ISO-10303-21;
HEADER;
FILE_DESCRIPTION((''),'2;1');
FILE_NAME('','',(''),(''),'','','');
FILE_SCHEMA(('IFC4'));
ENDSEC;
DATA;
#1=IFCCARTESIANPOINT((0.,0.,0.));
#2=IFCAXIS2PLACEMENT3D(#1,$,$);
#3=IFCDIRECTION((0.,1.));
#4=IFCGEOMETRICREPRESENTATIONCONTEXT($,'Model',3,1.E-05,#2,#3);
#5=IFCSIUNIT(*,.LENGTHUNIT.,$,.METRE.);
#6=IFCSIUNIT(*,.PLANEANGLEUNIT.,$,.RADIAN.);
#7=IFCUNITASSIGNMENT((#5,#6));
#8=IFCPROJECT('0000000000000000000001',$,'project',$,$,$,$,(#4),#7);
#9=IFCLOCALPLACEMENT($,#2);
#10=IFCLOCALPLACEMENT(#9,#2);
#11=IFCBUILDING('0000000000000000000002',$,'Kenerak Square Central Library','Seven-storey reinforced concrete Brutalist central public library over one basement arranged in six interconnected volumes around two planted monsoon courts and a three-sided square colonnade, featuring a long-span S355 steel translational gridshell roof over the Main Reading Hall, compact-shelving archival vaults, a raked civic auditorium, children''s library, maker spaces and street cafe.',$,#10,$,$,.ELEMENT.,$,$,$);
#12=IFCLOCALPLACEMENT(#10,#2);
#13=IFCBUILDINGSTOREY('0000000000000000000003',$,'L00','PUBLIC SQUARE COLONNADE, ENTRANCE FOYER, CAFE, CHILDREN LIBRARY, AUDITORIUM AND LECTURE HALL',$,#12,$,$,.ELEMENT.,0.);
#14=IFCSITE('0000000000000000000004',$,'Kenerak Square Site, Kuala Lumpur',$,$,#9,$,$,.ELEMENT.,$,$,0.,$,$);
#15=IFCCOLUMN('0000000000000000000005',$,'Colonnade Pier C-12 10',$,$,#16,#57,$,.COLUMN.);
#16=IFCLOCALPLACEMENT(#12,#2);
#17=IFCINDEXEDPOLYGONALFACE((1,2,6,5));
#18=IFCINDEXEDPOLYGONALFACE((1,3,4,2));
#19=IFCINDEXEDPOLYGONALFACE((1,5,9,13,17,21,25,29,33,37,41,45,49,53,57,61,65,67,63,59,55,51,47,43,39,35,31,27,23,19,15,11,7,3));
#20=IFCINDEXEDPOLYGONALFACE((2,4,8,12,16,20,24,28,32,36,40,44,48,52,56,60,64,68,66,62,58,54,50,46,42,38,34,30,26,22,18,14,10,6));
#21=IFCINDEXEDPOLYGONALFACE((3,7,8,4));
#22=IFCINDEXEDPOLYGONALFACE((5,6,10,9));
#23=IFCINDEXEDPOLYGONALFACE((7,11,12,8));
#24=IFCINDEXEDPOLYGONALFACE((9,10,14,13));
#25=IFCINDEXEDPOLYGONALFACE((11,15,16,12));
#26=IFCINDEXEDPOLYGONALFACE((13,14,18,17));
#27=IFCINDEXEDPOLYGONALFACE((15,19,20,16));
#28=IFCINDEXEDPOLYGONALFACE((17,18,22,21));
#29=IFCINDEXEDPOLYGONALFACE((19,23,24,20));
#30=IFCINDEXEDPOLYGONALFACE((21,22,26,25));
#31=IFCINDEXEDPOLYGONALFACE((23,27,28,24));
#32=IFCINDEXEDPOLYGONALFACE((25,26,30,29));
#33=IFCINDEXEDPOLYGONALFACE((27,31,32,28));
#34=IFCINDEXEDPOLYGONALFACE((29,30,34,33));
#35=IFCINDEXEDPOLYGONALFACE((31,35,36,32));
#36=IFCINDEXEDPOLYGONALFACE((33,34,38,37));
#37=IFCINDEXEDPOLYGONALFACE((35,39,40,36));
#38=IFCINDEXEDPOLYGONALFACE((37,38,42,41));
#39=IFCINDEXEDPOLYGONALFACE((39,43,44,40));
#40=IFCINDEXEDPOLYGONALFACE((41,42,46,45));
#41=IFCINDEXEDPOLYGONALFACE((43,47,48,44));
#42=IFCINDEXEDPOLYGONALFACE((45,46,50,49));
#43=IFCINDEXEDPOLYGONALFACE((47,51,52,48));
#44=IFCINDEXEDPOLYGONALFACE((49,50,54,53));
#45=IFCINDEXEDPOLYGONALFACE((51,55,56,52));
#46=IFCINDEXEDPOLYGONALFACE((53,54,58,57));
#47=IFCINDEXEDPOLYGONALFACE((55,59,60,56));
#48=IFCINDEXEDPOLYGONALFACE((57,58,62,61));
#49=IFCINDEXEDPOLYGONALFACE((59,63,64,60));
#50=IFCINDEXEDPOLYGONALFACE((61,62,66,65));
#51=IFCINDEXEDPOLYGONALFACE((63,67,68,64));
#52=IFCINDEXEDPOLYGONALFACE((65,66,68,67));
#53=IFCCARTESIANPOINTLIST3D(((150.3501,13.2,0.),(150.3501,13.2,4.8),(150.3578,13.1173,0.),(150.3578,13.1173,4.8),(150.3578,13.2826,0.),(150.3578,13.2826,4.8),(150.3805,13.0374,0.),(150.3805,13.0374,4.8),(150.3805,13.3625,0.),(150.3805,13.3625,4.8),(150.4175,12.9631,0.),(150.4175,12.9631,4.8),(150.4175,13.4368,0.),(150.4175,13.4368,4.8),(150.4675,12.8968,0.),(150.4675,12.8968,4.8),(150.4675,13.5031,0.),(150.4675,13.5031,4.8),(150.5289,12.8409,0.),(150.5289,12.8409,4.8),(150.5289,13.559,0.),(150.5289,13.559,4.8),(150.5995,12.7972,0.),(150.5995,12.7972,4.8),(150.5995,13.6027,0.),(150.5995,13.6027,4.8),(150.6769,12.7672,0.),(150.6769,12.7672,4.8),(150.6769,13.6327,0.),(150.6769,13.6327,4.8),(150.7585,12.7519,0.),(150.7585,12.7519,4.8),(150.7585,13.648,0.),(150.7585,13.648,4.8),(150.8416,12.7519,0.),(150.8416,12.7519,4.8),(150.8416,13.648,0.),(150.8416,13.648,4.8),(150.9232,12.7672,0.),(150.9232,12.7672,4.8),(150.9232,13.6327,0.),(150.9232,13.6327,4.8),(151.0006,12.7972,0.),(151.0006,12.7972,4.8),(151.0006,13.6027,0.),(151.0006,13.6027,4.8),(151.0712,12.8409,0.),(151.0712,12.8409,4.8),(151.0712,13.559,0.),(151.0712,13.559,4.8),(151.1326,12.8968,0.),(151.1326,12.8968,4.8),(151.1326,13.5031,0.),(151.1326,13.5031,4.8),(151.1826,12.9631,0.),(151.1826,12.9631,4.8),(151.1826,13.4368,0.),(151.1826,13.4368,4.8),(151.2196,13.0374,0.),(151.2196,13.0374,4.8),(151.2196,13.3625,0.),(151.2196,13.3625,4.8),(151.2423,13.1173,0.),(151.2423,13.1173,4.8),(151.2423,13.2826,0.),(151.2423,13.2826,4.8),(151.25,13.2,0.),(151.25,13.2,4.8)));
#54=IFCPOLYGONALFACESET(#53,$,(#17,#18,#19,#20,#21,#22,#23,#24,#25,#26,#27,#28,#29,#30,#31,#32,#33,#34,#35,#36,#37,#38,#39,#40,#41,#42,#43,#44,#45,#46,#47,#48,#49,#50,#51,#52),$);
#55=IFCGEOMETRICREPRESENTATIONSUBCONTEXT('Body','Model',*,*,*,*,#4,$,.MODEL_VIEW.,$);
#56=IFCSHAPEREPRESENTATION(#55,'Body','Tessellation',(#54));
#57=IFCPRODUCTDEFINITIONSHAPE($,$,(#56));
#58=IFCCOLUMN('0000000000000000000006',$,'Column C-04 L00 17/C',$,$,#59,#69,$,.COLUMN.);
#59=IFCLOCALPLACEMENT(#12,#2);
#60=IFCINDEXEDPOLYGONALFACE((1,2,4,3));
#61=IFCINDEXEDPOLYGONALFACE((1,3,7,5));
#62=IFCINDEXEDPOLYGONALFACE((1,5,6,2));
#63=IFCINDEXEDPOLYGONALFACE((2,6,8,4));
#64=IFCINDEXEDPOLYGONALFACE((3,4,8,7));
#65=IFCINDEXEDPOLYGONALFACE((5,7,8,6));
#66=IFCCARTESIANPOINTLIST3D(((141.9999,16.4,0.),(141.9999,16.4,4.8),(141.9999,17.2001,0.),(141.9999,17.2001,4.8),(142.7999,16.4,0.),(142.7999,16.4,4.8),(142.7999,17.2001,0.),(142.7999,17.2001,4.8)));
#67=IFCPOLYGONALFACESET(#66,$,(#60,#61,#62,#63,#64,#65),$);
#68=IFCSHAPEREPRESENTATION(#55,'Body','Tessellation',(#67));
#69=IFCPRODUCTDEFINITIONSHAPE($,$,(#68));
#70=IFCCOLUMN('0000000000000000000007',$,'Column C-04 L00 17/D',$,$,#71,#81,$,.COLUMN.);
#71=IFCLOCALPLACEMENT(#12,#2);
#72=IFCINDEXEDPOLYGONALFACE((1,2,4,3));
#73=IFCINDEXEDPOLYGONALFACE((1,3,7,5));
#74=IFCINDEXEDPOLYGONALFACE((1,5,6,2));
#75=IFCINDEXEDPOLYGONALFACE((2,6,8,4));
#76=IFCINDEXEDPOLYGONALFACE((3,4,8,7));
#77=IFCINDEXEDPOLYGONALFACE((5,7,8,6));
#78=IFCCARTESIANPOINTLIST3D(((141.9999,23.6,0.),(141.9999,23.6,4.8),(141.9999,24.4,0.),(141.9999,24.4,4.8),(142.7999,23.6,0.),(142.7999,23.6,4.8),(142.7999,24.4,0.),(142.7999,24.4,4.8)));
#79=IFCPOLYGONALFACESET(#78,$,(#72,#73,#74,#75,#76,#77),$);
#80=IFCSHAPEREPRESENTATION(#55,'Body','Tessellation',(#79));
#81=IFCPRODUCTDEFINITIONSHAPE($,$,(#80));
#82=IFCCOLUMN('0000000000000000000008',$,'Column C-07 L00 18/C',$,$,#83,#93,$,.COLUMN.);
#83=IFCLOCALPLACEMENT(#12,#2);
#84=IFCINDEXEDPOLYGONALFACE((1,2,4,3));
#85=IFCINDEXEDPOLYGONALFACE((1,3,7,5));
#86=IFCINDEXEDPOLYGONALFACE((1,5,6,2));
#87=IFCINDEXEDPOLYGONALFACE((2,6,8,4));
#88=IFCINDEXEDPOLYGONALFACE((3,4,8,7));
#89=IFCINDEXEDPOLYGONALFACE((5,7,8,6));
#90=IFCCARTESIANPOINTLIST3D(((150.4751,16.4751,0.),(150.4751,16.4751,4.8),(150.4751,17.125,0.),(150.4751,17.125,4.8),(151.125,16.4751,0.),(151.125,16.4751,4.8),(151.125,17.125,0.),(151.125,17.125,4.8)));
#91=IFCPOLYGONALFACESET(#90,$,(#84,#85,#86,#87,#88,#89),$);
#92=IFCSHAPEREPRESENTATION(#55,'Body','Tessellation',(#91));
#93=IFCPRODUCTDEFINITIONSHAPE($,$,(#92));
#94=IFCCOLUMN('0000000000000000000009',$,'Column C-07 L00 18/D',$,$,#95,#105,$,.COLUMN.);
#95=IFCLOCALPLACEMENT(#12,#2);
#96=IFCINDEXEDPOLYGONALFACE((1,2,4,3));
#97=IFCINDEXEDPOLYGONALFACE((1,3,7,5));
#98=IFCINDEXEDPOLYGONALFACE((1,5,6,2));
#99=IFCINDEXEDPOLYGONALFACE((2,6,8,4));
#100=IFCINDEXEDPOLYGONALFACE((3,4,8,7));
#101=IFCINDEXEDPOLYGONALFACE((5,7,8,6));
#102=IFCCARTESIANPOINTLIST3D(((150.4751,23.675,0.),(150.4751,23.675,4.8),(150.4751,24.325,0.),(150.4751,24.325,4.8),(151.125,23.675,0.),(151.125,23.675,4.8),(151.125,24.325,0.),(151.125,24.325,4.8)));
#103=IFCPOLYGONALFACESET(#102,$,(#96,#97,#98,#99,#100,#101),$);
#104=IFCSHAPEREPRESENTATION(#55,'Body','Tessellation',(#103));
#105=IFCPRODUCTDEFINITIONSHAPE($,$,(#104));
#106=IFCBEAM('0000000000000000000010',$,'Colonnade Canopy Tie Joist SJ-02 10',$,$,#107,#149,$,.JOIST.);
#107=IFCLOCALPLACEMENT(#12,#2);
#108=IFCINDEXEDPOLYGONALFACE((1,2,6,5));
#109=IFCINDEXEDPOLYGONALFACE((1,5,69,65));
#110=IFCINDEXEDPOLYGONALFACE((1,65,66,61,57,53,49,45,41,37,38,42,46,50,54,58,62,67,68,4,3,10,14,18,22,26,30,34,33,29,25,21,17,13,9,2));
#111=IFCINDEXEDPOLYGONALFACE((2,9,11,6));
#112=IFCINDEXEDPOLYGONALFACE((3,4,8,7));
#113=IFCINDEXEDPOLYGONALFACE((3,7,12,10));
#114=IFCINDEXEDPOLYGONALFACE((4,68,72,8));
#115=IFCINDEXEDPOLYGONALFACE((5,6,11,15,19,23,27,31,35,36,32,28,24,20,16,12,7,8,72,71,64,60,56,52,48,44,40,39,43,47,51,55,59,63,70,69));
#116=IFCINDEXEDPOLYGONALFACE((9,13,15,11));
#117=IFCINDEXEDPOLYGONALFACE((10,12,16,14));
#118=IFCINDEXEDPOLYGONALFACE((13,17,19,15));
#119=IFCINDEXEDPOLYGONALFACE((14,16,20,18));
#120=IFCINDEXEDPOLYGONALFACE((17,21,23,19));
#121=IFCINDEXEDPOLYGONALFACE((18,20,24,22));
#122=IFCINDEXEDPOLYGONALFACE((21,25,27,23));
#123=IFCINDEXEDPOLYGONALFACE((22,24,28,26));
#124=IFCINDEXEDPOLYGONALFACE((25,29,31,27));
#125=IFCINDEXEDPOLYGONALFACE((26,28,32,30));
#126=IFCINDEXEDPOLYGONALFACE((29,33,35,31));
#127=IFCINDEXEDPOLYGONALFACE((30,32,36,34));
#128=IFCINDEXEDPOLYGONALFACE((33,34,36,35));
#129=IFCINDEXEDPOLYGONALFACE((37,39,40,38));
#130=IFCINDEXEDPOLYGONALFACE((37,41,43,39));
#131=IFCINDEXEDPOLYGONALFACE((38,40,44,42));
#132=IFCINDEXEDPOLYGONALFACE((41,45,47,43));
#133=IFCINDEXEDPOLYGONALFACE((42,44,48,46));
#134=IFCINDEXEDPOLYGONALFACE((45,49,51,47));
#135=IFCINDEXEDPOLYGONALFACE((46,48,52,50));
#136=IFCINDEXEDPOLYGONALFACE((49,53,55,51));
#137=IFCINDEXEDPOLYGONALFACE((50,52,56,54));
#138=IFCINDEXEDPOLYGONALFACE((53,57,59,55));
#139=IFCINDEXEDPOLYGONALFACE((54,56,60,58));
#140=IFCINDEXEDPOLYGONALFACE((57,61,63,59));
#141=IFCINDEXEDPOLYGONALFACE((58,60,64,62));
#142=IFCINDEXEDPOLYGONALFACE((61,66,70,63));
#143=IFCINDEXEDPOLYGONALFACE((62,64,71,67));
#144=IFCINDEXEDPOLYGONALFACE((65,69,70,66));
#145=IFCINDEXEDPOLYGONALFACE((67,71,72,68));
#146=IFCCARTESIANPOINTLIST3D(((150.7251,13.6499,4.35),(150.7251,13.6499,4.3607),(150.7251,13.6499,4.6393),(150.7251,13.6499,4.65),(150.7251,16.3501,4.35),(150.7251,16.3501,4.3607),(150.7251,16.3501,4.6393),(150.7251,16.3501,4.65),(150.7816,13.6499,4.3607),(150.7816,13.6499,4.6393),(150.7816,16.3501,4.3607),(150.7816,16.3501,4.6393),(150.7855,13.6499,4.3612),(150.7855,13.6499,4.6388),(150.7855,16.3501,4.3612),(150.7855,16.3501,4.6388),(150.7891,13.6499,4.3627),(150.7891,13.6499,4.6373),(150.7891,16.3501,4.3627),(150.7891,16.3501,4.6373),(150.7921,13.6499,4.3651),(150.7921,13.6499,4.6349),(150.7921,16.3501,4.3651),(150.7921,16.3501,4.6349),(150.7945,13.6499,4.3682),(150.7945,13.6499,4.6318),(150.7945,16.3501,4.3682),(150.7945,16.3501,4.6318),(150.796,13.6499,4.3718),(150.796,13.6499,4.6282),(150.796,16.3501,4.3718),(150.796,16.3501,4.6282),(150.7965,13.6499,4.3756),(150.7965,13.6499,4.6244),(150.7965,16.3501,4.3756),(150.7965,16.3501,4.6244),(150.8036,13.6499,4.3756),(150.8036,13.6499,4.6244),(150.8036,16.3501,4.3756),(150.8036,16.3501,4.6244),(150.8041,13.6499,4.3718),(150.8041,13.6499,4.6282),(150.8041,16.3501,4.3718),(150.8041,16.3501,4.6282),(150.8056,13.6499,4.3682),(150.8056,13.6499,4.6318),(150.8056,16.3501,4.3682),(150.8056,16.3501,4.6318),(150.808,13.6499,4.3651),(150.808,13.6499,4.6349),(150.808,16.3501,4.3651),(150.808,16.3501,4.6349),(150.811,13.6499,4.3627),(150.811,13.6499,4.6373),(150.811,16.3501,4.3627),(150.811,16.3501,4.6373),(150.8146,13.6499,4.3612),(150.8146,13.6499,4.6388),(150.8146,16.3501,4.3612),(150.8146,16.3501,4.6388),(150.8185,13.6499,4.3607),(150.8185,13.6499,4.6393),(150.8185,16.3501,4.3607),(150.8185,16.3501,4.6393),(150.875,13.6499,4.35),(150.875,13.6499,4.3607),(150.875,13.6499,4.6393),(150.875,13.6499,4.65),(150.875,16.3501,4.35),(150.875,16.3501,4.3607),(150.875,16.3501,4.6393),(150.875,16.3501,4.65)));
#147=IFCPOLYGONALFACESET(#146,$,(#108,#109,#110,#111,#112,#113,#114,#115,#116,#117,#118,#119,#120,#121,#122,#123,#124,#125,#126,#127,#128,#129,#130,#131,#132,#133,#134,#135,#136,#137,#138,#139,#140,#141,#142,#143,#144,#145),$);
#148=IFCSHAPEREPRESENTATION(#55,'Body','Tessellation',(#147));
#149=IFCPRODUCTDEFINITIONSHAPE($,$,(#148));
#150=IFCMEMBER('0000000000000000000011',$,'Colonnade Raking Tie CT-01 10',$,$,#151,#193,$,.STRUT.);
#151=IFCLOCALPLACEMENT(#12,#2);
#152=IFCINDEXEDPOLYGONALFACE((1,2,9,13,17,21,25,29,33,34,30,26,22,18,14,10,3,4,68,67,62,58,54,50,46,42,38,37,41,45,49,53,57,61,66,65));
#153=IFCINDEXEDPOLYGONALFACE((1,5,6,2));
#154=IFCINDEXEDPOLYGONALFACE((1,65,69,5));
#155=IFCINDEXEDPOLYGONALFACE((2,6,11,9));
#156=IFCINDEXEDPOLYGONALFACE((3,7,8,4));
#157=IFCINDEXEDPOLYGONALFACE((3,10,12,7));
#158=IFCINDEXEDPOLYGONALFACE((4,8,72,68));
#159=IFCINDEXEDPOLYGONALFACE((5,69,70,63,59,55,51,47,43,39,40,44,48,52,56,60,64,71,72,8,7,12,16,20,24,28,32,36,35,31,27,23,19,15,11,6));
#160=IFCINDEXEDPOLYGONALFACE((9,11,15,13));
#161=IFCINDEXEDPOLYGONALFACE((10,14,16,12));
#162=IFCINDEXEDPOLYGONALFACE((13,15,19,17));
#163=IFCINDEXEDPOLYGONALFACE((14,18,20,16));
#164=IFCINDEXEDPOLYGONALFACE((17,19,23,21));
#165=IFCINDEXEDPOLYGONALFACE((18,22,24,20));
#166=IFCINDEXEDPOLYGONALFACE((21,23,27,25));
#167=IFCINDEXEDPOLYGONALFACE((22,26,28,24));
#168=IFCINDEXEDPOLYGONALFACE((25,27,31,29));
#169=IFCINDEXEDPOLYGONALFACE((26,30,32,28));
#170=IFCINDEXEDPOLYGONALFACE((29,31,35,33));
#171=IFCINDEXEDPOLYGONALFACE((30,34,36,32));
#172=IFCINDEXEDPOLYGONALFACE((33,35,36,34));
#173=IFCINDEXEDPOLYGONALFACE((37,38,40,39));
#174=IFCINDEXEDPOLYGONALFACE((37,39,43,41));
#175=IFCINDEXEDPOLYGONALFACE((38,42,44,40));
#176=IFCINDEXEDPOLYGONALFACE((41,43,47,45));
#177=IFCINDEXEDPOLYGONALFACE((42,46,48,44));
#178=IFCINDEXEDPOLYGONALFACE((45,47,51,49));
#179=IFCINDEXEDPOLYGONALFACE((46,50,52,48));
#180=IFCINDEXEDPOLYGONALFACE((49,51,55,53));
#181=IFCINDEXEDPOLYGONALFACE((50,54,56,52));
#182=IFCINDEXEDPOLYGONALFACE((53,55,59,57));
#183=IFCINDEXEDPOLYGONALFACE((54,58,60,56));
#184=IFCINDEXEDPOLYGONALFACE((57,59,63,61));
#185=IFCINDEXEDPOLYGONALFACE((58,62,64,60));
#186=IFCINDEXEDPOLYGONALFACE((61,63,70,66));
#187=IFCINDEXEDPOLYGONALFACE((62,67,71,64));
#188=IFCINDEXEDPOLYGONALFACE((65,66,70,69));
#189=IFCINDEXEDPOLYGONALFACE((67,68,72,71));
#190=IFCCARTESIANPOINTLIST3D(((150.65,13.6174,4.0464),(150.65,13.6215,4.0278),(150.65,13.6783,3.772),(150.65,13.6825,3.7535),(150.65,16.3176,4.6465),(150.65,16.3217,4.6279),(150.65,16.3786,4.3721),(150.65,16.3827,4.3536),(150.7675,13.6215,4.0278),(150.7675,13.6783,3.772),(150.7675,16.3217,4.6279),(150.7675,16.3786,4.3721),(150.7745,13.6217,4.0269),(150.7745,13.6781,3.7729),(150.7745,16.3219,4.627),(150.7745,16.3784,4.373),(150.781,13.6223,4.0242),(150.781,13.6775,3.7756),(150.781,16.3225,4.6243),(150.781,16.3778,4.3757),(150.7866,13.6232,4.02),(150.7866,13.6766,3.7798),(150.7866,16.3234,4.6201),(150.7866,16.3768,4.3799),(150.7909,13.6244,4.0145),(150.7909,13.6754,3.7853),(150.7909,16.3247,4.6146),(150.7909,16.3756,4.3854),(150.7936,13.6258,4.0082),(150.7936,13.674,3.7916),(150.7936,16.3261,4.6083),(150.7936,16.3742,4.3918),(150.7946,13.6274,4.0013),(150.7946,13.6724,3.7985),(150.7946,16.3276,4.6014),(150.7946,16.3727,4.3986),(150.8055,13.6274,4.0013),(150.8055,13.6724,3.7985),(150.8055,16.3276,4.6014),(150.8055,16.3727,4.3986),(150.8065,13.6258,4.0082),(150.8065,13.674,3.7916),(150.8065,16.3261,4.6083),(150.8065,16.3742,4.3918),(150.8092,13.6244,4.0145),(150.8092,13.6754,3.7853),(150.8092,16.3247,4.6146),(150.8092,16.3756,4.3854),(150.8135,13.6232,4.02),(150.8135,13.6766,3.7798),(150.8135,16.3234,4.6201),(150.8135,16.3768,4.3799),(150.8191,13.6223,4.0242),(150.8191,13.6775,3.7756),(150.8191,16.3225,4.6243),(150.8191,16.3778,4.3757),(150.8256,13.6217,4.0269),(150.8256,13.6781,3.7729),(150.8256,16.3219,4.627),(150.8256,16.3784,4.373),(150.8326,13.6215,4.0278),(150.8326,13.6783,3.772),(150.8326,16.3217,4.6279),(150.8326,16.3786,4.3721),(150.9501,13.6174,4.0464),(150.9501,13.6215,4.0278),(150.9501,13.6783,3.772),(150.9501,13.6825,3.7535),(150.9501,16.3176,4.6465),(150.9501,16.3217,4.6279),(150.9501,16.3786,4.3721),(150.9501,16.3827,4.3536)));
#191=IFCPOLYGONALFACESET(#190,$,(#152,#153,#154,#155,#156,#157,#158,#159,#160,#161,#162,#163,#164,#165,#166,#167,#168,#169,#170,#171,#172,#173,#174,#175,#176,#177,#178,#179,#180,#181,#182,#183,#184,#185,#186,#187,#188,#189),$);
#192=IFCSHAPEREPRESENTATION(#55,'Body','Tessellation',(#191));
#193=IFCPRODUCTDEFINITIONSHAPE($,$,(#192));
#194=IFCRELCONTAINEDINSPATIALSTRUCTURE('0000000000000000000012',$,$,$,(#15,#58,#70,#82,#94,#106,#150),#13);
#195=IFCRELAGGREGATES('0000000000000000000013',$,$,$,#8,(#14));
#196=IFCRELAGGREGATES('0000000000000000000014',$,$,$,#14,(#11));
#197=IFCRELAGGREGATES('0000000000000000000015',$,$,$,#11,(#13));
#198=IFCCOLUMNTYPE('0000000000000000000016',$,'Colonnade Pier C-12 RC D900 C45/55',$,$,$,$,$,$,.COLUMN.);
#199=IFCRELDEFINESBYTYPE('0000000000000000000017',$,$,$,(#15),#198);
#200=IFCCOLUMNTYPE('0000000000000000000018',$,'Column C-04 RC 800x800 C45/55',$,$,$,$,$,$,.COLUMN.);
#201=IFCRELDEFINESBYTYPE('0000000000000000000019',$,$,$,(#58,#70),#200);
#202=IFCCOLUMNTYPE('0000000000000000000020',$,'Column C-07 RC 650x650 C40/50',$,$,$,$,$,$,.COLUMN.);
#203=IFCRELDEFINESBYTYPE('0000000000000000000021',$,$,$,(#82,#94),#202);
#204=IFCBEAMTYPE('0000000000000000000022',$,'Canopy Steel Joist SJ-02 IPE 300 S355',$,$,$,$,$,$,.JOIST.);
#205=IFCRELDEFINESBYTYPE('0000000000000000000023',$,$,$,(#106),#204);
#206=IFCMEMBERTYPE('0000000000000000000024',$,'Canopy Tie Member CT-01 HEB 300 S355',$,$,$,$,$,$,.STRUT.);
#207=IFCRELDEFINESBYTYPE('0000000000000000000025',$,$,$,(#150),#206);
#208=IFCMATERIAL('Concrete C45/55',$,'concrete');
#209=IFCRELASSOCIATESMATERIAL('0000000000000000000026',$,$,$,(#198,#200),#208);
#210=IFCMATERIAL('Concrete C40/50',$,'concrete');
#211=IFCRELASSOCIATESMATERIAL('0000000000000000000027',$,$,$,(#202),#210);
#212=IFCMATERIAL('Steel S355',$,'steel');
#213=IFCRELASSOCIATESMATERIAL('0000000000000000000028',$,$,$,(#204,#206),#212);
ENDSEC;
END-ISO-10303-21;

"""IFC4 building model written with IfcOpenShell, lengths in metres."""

from ifc_helpers import new_model, si_unit, direction, frame, origin, origin_2d, place, context, subcontext, project, spatial, rectangle, circle, i_section, extrude, material, material_profile, profile_set, type_object, element, save


model = new_model("IFC4")

# Units and contexts
model_context = context("Model", 3, precision=1e-05, world=origin(), true_north=direction((0.0, 1.0)))
body_context = subcontext(model_context, "Body", "Model", "MODEL_VIEW")
ifc_project = project(units=[si_unit("LENGTHUNIT", "METRE"), si_unit("PLANEANGLEUNIT", "RADIAN")], contexts=[model_context])

# Site, building, storey
site_placement = place(None, origin())
site = spatial("IfcSite", under=ifc_project, at=site_placement, Name="Kenerak Square Site, Kuala Lumpur", CompositionType="ELEMENT", RefElevation=0.0)
building_placement = place(site_placement, origin())
building = spatial("IfcBuilding", under=site, at=building_placement, Name="Kenerak Square Central Library", Description="Seven-storey reinforced concrete Brutalist central public library over one basement arranged in six interconnected volumes around two planted monsoon courts and a three-sided square colonnade, featuring a long-span S355 steel translational gridshell roof over the Main Reading Hall, compact-shelving archival vaults, a raked civic auditorium, children's library, maker spaces and street cafe.", CompositionType="ELEMENT")
storey_placement = place(building_placement, origin())
storey = spatial("IfcBuildingStorey", under=building, at=storey_placement, Name="L00", Description="PUBLIC SQUARE COLONNADE, ENTRANCE FOYER, CAFE, CHILDREN LIBRARY, AUDITORIUM AND LECTURE HALL", CompositionType="ELEMENT", Elevation=0.0)

# Columns
ifc_material_1 = material(Name="Concrete C45/55", Category="concrete")
ifc_material_profile_1 = material_profile(ifc_material_1, circle(Radius=0.45, at=origin_2d()), Name="RC D900")
ifc_profile_set_1 = profile_set([ifc_material_profile_1], Name="Concrete C45/55")
column_type_1 = type_object("IfcColumnType", Name="Colonnade Pier C-12 RC D900 C45/55", PredefinedType="COLUMN", material=ifc_profile_set_1)
column_placement = place(storey_placement, frame((150.8, 13.2, 0.0), z_axis=(0.0, 0.0, 1.0), x_axis=(1.0, 0.0, 0.0)))
element("IfcColumn", 1, at=column_placement, inside=storey, type_object=column_type_1, Name="Colonnade Pier C-12 10", PredefinedType="COLUMN", context=body_context, shape_type="SweptSolid", body=[
    extrude(circle(Radius=0.45, at=origin_2d()), origin(), (0.0, 0.0, 1.0), 4.8),
])
ifc_material_profile_2 = material_profile(ifc_material_1, rectangle(XDim=0.8, YDim=0.8, at=origin_2d()), Name="RC 800x800")
ifc_profile_set_2 = profile_set([ifc_material_profile_2], Name="Concrete C45/55")
column_type_2 = type_object("IfcColumnType", Name="Column C-04 RC 800x800 C45/55", PredefinedType="COLUMN", material=ifc_profile_set_2)
for number, where, z_axis, x_axis, name in (
    (2, (142.3999, 16.8, 0.0), (0.0, 0.0, 1.0), (1.0, 0.0, 0.0), "Column C-04 L00 17/C"),
    (3, (142.3999, 24.0, 0.0), (0.0, 0.0, 1.0), (1.0, 0.0, 0.0), "Column C-04 L00 17/D"),
):
    element("IfcColumn", number, at=place(storey_placement, frame(where, z_axis=z_axis, x_axis=x_axis)), inside=storey, type_object=column_type_2, Name=name, PredefinedType="COLUMN", context=body_context, shape_type="SweptSolid", body=[
        extrude(rectangle(XDim=0.8, YDim=0.8, at=origin_2d()), origin(), (0.0, 0.0, 1.0), 4.8),
    ])
ifc_material_2 = material(Name="Concrete C40/50", Category="concrete")
ifc_material_profile_3 = material_profile(ifc_material_2, rectangle(XDim=0.6499, YDim=0.6499, at=origin_2d()), Name="RC 650x650")
ifc_profile_set_3 = profile_set([ifc_material_profile_3], Name="Concrete C40/50")
column_type_3 = type_object("IfcColumnType", Name="Column C-07 RC 650x650 C40/50", PredefinedType="COLUMN", material=ifc_profile_set_3)
for number, where, z_axis, x_axis, name in (
    (4, (150.8, 16.8, 0.0), (0.0, 0.0, 1.0), (1.0, 0.0, 0.0), "Column C-07 L00 18/C"),
    (5, (150.8, 24.0, 0.0), (0.0, 0.0, 1.0), (1.0, 0.0, 0.0), "Column C-07 L00 18/D"),
):
    element("IfcColumn", number, at=place(storey_placement, frame(where, z_axis=z_axis, x_axis=x_axis)), inside=storey, type_object=column_type_3, Name=name, PredefinedType="COLUMN", context=body_context, shape_type="SweptSolid", body=[
        extrude(rectangle(XDim=0.6499, YDim=0.6499, at=origin_2d()), origin(), (0.0, 0.0, 1.0), 4.8),
    ])

# Beam
ifc_material_3 = material(Name="Steel S355", Category="steel")
ifc_material_profile_4 = material_profile(ifc_material_3, i_section(OverallWidth=0.1499, OverallDepth=0.3, WebThickness=0.0071, FlangeThickness=0.0107, FilletRadius=0.0149, at=origin_2d()), Name="IPE 300")
ifc_profile_set_4 = profile_set([ifc_material_profile_4], Name="Steel S355")
beam_type_1 = type_object("IfcBeamType", Name="Canopy Steel Joist SJ-02 IPE 300 S355", PredefinedType="JOIST", material=ifc_profile_set_4)
beam_1_placement = place(storey_placement, frame((150.8, 13.6499, 4.5), z_axis=(0.0, 1.0, 0.0), x_axis=(-1.0, 0.0, 0.0)))
element("IfcBeam", 6, at=beam_1_placement, inside=storey, type_object=beam_type_1, Name="Colonnade Canopy Tie Joist SJ-02 10", PredefinedType="JOIST", context=body_context, shape_type="SweptSolid", body=[
    extrude(i_section(OverallWidth=0.1499, OverallDepth=0.3, WebThickness=0.0071, FlangeThickness=0.0107, FilletRadius=0.0149, at=origin_2d()), origin(), (0.0, 0.0, 1.0), 2.7002),
])

# Member
ifc_material_profile_5 = material_profile(ifc_material_3, i_section(OverallWidth=0.3, OverallDepth=0.3, WebThickness=0.011, FlangeThickness=0.019, FilletRadius=0.0271, at=origin_2d()), Name="HEB 300")
ifc_profile_set_5 = profile_set([ifc_material_profile_5], Name="Steel S355")
member_type = type_object("IfcMemberType", Name="Canopy Tie Member CT-01 HEB 300 S355", PredefinedType="STRUT", material=ifc_profile_set_5)
member_placement = place(storey_placement, frame((150.8, 13.6499, 3.8999), z_axis=(0.0, 0.976183, 0.216949), x_axis=(-1.0, 0.0, 0.0)))
element("IfcMember", 7, at=member_placement, inside=storey, type_object=member_type, Name="Colonnade Raking Tie CT-01 10", PredefinedType="STRUT", context=body_context, shape_type="SweptSolid", body=[
    extrude(i_section(OverallWidth=0.3, OverallDepth=0.3, WebThickness=0.011, FlangeThickness=0.019, FilletRadius=0.0271, at=origin_2d()), origin(), (0.0, 0.0, 1.0), 2.7661),
])

save(model, "model.ifc")
